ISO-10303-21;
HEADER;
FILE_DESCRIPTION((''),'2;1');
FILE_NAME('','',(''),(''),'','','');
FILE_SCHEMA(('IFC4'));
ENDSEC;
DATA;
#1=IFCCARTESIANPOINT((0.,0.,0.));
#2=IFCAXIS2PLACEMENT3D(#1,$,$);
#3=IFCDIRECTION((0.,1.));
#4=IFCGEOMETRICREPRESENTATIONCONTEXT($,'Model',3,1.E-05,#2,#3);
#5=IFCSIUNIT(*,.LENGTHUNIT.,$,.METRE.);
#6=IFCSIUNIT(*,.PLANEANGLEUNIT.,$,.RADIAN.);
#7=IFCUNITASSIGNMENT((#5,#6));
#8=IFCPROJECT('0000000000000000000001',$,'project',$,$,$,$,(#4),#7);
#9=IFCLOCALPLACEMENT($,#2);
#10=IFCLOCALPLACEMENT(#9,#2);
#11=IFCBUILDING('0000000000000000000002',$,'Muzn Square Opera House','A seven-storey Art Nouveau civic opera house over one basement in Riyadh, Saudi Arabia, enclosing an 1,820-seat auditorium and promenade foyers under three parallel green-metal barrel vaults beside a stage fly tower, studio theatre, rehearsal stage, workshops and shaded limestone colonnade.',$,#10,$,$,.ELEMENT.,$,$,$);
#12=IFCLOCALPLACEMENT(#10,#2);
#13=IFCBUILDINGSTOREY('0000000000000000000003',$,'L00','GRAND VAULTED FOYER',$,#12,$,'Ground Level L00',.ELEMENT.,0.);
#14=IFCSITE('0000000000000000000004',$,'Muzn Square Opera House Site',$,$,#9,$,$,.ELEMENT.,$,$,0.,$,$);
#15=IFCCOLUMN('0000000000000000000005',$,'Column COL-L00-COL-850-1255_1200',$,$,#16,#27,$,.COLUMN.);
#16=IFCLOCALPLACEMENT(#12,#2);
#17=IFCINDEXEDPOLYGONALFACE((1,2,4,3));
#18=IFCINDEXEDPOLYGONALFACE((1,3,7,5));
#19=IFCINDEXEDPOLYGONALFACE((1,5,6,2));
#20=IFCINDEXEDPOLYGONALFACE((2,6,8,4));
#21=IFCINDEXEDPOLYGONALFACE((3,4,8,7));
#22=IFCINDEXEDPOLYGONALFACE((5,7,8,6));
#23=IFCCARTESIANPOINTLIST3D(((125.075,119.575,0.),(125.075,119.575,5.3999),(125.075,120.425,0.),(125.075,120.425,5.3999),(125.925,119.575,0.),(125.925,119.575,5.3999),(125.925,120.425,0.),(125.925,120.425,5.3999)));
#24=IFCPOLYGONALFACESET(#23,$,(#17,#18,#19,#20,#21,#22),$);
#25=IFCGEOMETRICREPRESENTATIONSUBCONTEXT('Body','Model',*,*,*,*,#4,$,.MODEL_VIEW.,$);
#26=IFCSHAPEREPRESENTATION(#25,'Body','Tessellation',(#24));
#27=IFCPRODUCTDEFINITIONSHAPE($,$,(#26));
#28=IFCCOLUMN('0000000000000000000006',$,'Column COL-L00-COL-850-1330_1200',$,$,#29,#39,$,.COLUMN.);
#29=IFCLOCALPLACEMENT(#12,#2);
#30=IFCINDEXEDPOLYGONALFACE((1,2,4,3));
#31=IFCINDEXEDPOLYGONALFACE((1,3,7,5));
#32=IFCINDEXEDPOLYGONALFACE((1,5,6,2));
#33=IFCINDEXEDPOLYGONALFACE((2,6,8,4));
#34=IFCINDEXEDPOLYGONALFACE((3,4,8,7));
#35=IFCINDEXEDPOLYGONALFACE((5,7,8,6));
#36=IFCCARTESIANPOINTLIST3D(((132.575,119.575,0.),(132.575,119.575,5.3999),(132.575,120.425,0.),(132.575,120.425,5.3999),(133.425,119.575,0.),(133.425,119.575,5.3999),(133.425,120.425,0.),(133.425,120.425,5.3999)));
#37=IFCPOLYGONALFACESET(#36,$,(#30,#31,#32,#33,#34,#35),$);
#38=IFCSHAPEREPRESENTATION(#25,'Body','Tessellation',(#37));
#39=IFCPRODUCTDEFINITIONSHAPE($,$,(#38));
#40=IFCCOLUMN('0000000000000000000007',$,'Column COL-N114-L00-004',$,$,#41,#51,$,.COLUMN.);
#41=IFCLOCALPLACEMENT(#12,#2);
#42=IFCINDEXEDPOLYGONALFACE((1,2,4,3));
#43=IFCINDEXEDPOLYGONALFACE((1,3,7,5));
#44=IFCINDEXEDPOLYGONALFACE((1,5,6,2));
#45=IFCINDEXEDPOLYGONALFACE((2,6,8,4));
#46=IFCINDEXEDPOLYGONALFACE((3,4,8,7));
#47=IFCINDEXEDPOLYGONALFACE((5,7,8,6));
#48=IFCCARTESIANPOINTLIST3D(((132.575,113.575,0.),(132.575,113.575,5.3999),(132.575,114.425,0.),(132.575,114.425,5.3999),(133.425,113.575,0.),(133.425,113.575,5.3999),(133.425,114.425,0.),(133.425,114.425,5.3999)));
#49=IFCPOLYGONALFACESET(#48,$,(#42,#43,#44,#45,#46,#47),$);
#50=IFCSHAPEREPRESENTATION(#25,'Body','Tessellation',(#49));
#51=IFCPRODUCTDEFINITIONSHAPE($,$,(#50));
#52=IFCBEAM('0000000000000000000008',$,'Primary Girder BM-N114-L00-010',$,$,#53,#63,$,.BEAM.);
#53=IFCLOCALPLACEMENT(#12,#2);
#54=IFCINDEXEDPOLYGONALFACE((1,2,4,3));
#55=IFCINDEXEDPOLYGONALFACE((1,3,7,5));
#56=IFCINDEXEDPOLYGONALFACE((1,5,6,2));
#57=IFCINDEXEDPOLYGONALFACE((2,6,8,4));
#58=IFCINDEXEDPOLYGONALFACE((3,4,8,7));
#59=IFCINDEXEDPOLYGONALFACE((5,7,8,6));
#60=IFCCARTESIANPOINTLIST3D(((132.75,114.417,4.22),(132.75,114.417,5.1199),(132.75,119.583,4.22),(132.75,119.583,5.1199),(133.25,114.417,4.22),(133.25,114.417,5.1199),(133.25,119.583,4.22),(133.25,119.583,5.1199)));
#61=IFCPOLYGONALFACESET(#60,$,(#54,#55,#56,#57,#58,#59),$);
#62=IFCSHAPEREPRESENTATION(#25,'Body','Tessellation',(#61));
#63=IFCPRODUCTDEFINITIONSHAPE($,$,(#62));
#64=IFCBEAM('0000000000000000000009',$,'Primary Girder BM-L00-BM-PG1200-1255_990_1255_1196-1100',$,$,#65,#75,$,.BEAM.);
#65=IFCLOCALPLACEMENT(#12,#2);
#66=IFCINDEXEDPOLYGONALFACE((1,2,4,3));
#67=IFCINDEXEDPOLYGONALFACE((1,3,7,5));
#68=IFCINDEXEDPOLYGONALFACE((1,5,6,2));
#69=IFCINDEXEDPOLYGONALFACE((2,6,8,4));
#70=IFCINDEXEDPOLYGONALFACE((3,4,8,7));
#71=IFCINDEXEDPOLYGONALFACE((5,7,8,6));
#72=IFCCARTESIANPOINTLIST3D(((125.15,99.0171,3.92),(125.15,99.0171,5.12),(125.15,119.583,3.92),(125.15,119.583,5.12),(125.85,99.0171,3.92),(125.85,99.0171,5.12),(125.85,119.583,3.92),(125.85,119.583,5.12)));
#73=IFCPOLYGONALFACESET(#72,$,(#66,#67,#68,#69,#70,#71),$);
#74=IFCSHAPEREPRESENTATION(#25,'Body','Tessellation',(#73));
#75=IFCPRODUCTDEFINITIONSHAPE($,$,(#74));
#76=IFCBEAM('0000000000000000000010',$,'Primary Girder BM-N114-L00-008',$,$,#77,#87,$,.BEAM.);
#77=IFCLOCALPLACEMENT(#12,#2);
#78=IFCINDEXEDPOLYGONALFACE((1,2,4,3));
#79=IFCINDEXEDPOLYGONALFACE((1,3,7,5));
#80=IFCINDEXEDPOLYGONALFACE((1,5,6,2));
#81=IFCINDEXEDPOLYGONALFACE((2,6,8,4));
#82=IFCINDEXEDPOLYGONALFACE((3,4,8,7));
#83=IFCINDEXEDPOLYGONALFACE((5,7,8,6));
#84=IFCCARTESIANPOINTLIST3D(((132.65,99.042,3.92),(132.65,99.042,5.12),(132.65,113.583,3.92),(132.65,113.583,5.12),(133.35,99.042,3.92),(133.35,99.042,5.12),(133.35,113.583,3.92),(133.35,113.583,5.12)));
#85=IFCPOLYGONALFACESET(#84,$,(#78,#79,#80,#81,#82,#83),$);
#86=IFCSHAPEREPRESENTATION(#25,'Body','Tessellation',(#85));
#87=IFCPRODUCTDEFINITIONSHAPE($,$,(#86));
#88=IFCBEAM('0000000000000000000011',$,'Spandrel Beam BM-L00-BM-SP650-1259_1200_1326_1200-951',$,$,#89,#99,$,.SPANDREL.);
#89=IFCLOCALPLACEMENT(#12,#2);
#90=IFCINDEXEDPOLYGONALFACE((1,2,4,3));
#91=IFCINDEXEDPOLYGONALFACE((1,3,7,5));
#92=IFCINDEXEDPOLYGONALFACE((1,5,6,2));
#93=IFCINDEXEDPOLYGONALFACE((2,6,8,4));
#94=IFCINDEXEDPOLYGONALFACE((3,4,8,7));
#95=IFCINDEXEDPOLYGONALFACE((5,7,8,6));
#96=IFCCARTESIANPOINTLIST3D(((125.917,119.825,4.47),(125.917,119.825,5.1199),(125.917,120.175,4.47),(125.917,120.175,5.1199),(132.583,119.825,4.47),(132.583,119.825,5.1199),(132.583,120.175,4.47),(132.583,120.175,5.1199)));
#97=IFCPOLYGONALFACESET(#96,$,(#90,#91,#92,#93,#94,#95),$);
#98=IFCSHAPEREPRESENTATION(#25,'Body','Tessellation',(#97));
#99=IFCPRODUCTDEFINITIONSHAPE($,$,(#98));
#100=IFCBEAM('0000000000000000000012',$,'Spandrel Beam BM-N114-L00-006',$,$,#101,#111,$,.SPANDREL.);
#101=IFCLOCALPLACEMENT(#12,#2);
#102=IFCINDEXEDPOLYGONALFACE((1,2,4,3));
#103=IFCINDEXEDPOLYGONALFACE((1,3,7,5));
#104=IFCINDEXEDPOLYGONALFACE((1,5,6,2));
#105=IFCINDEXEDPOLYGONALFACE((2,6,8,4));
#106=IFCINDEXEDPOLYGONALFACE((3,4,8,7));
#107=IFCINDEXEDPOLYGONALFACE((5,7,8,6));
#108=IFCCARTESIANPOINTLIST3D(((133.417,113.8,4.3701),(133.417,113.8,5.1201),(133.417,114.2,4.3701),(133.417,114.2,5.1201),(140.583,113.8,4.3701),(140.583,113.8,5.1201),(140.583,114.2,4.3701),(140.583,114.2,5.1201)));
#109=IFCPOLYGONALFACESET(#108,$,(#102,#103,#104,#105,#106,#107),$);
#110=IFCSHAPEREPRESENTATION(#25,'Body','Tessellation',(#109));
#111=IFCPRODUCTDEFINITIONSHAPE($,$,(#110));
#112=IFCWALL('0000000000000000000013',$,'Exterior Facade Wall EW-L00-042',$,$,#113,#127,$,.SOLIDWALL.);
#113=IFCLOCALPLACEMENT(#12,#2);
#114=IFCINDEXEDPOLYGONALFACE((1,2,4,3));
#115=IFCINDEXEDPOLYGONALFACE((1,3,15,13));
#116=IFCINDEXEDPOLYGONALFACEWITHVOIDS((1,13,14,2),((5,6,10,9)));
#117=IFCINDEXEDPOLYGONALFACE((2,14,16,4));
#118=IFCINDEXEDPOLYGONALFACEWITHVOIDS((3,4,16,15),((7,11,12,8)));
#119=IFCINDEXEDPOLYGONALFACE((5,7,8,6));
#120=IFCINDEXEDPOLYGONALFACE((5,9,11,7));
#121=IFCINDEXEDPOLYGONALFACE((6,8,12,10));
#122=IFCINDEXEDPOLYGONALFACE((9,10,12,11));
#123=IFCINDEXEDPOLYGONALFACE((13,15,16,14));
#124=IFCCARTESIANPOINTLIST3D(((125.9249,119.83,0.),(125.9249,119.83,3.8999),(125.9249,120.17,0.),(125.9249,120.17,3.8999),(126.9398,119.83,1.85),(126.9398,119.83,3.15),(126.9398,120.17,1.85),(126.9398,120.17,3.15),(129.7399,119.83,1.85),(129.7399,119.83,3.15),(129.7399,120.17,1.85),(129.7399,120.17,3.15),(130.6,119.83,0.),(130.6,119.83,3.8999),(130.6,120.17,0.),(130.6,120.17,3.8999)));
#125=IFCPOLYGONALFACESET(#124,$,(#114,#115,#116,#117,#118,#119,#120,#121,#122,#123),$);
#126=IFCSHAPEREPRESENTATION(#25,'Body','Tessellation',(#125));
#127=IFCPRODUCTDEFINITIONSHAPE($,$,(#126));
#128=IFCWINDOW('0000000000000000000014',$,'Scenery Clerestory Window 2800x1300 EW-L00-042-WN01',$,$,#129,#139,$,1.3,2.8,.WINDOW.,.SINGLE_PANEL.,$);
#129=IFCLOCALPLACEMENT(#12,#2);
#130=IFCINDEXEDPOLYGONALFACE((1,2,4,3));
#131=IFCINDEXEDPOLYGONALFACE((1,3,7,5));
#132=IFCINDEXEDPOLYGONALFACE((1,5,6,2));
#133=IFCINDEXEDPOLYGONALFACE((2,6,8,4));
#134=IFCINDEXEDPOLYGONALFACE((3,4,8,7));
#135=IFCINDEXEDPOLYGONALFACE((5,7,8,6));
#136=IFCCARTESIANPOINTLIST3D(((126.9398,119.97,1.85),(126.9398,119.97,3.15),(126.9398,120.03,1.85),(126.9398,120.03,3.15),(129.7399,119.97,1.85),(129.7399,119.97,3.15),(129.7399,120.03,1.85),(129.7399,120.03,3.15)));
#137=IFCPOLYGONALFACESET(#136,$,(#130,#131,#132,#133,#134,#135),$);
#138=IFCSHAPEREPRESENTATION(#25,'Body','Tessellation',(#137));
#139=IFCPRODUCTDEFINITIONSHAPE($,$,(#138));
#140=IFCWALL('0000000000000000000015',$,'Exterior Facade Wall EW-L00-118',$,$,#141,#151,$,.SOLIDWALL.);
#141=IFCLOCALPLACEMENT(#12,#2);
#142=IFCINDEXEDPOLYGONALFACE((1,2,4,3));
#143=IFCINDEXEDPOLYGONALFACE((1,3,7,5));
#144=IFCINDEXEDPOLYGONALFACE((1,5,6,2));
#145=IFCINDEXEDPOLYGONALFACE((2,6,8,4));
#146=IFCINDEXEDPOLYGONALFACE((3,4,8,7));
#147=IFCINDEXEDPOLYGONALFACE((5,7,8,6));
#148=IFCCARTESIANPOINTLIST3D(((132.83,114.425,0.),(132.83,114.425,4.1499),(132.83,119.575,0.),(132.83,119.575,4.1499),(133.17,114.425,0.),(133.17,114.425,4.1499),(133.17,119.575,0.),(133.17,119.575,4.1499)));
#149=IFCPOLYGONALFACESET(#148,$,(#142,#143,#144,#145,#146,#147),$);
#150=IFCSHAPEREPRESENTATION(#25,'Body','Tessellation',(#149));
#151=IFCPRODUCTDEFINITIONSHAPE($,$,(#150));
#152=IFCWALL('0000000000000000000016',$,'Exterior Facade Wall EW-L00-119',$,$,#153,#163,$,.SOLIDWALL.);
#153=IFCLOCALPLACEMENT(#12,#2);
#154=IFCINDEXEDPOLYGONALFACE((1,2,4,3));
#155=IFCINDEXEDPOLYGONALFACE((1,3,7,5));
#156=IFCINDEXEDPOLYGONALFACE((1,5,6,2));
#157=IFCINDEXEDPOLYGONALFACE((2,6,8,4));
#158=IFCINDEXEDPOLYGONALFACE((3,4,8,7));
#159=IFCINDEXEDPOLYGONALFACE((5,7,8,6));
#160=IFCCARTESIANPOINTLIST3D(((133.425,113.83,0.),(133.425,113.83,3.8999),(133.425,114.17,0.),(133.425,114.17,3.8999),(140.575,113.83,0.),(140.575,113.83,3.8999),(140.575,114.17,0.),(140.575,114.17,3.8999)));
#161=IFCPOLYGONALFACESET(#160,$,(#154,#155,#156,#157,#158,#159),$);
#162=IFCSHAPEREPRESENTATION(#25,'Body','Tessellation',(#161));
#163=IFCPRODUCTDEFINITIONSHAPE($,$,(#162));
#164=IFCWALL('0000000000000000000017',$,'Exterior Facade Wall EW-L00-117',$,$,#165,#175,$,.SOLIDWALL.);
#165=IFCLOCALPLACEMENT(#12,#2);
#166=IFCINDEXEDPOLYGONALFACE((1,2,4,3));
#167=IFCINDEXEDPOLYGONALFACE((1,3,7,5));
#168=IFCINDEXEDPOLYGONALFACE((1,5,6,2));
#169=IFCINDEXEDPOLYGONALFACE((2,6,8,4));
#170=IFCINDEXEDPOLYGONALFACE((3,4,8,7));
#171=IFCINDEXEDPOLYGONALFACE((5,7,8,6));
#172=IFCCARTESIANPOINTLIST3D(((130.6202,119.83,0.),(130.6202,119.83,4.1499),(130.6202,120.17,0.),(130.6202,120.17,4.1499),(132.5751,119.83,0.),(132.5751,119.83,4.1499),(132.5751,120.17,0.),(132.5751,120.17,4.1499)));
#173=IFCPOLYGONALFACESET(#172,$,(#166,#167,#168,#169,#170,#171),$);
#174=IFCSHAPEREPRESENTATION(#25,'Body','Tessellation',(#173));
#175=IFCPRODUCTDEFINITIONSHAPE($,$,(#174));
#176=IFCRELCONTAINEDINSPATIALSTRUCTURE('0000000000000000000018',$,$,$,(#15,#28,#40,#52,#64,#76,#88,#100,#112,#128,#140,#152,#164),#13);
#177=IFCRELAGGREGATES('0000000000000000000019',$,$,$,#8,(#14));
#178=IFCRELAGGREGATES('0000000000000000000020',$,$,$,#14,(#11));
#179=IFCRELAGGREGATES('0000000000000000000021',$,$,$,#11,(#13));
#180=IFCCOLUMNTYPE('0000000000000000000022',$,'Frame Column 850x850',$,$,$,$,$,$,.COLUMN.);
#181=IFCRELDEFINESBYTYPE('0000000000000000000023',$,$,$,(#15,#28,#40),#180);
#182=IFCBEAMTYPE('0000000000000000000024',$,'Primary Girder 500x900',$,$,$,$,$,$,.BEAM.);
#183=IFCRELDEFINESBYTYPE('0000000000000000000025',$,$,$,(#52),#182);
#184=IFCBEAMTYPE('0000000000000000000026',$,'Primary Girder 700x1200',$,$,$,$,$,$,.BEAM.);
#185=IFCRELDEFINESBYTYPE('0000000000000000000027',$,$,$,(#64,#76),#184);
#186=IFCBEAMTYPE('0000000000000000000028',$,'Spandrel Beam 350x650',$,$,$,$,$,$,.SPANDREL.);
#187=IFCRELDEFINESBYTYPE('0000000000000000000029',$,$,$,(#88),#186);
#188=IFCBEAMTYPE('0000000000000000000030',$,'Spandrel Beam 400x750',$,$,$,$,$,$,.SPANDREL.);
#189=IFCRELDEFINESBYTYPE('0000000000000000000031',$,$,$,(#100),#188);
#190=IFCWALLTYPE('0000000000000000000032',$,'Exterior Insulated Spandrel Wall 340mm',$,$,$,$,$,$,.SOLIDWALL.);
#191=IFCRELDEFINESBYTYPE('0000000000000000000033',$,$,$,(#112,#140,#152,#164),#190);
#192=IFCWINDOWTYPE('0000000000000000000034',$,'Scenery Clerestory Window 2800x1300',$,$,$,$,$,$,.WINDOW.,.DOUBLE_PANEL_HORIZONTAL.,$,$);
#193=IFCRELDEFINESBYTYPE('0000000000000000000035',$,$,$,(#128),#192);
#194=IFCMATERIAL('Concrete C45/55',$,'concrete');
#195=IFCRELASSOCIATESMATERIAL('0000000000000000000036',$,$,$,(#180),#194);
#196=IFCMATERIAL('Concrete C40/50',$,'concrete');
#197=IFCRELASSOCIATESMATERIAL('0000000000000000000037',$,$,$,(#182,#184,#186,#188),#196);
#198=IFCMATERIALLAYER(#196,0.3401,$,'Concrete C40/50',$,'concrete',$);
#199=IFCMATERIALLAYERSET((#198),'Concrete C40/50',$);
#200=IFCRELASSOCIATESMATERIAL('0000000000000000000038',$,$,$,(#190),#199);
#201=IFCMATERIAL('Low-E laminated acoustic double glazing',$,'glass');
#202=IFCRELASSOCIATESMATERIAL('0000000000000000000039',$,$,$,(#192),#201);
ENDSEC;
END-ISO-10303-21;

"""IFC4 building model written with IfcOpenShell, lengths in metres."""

from ifc_helpers import new_model, si_unit, direction, frame, frame_2d, origin, origin_2d, place, context, subcontext, project, spatial, rectangle, extrude, material, layer, layer_set, material_profile, profile_set, type_object, element, fill, save


model = new_model("IFC4")

# Units and contexts
model_context = context("Model", 3, precision=1e-05, world=origin(), true_north=direction((0.0, 1.0)))
body_context = subcontext(model_context, "Body", "Model", "MODEL_VIEW")
ifc_project = project(units=[si_unit("LENGTHUNIT", "METRE"), si_unit("PLANEANGLEUNIT", "RADIAN")], contexts=[model_context])

# Site, building, storey
site_placement = place(None, origin())
site = spatial("IfcSite", under=ifc_project, at=site_placement, Name="Muzn Square Opera House Site", CompositionType="ELEMENT", RefElevation=0.0)
building_placement = place(site_placement, origin())
building = spatial("IfcBuilding", under=site, at=building_placement, Name="Muzn Square Opera House", Description="A seven-storey Art Nouveau civic opera house over one basement in Riyadh, Saudi Arabia, enclosing an 1,820-seat auditorium and promenade foyers under three parallel green-metal barrel vaults beside a stage fly tower, studio theatre, rehearsal stage, workshops and shaded limestone colonnade.", CompositionType="ELEMENT")
storey_placement = place(building_placement, origin())
storey = spatial("IfcBuildingStorey", under=building, at=storey_placement, Name="L00", Description="GRAND VAULTED FOYER", LongName="Ground Level L00", CompositionType="ELEMENT", Elevation=0.0)

# Columns
ifc_material_1 = material(Name="Concrete C45/55", Category="concrete")
ifc_material_profile_1 = material_profile(ifc_material_1, rectangle(XDim=0.8501, YDim=0.8501, at=origin_2d()), Name="RC 850x850", Category="concrete")
ifc_profile_set_1 = profile_set([ifc_material_profile_1], Name="Concrete C45/55")
column_type = type_object("IfcColumnType", Name="Frame Column 850x850", PredefinedType="COLUMN", material=ifc_profile_set_1)
for number, where, z_axis, x_axis, name in (
    (1, (125.5, 120.0, 0.0), (0.0, 0.0, 1.0), (1.0, 0.0, 0.0), "Column COL-L00-COL-850-1255_1200"),
    (2, (133.0, 120.0, 0.0), (0.0, 0.0, 1.0), (1.0, 0.0, 0.0), "Column COL-L00-COL-850-1330_1200"),
    (3, (133.0, 114.0, 0.0), (0.0, 0.0, 1.0), (1.0, 0.0, 0.0), "Column COL-N114-L00-004"),
):
    element("IfcColumn", number, at=place(storey_placement, frame(where, z_axis=z_axis, x_axis=x_axis)), inside=storey, type_object=column_type, Name=name, PredefinedType="COLUMN", context=body_context, shape_type="SweptSolid", body=[
        extrude(rectangle(XDim=0.8501, YDim=0.8501, at=origin_2d()), origin(), (0.0, 0.0, 1.0), 5.3999),
    ])

# Beams
ifc_material_2 = material(Name="Concrete C40/50", Category="concrete")
ifc_material_profile_2 = material_profile(ifc_material_2, rectangle(XDim=0.5, YDim=0.8999, at=origin_2d()), Name="RCB 500x900", Category="concrete")
ifc_profile_set_2 = profile_set([ifc_material_profile_2], Name="Concrete C40/50")
beam_type_1 = type_object("IfcBeamType", Name="Primary Girder 500x900", PredefinedType="BEAM", material=ifc_profile_set_2)
beam_1_placement = place(storey_placement, frame((133.0, 114.417, 4.6699), z_axis=(0.0, 1.0, 0.0), x_axis=(-1.0, 0.0, 0.0)))
element("IfcBeam", 4, at=beam_1_placement, inside=storey, type_object=beam_type_1, Name="Primary Girder BM-N114-L00-010", PredefinedType="BEAM", context=body_context, shape_type="SweptSolid", body=[
    extrude(rectangle(XDim=0.5, YDim=0.8999, at=origin_2d()), origin(), (0.0, 0.0, 1.0), 5.166),
])
ifc_material_profile_3 = material_profile(ifc_material_2, rectangle(XDim=0.7, YDim=1.2, at=origin_2d()), Name="RCB 700x1200", Category="concrete")
ifc_profile_set_3 = profile_set([ifc_material_profile_3], Name="Concrete C40/50")
beam_type_2 = type_object("IfcBeamType", Name="Primary Girder 700x1200", PredefinedType="BEAM", material=ifc_profile_set_3)
beam_2_placement = place(storey_placement, frame((125.5, 99.0171, 4.52), z_axis=(0.0, 1.0, 0.0), x_axis=(-1.0, 0.0, 0.0)))
element("IfcBeam", 5, at=beam_2_placement, inside=storey, type_object=beam_type_2, Name="Primary Girder BM-L00-BM-PG1200-1255_990_1255_1196-1100", PredefinedType="BEAM", context=body_context, shape_type="SweptSolid", body=[
    extrude(rectangle(XDim=0.7, YDim=1.2, at=origin_2d()), origin(), (0.0, 0.0, 1.0), 20.5659),
])
beam_3_placement = place(storey_placement, frame((133.0, 99.042, 4.52), z_axis=(0.0, 1.0, 0.0), x_axis=(-1.0, 0.0, 0.0)))
element("IfcBeam", 6, at=beam_3_placement, inside=storey, type_object=beam_type_2, Name="Primary Girder BM-N114-L00-008", PredefinedType="BEAM", context=body_context, shape_type="SweptSolid", body=[
    extrude(rectangle(XDim=0.7, YDim=1.2, at=origin_2d()), origin(), (0.0, 0.0, 1.0), 14.541),
])
ifc_material_profile_4 = material_profile(ifc_material_2, rectangle(XDim=0.3501, YDim=0.6499, at=origin_2d()), Name="RCS 350x650", Category="concrete")
ifc_profile_set_4 = profile_set([ifc_material_profile_4], Name="Concrete C40/50")
beam_type_3 = type_object("IfcBeamType", Name="Spandrel Beam 350x650", PredefinedType="SPANDREL", material=ifc_profile_set_4)
beam_4_placement = place(storey_placement, frame((125.917, 120.0, 4.7949), z_axis=(1.0, 0.0, 0.0), x_axis=(0.0, 1.0, 0.0)))
element("IfcBeam", 7, at=beam_4_placement, inside=storey, type_object=beam_type_3, Name="Spandrel Beam BM-L00-BM-SP650-1259_1200_1326_1200-951", PredefinedType="SPANDREL", context=body_context, shape_type="SweptSolid", body=[
    extrude(rectangle(XDim=0.3501, YDim=0.6499, at=origin_2d()), origin(), (0.0, 0.0, 1.0), 6.666),
])
ifc_material_profile_5 = material_profile(ifc_material_2, rectangle(XDim=0.3999, YDim=0.75, at=origin_2d()), Name="RCS 400x750", Category="concrete")
ifc_profile_set_5 = profile_set([ifc_material_profile_5], Name="Concrete C40/50")
beam_type_4 = type_object("IfcBeamType", Name="Spandrel Beam 400x750", PredefinedType="SPANDREL", material=ifc_profile_set_5)
beam_5_placement = place(storey_placement, frame((133.417, 114.0, 4.7451), z_axis=(1.0, 0.0, 0.0), x_axis=(0.0, 1.0, 0.0)))
element("IfcBeam", 8, at=beam_5_placement, inside=storey, type_object=beam_type_4, Name="Spandrel Beam BM-N114-L00-006", PredefinedType="SPANDREL", context=body_context, shape_type="SweptSolid", body=[
    extrude(rectangle(XDim=0.3999, YDim=0.75, at=origin_2d()), origin(), (0.0, 0.0, 1.0), 7.166),
])

# Wall, opening, window
ifc_layer_1 = layer(ifc_material_2, 0.3401, Name="Concrete C40/50", Category="concrete")
ifc_layer_set_1 = layer_set([ifc_layer_1], Name="Concrete C40/50")
wall_type_1 = type_object("IfcWallType", Name="Exterior Insulated Spandrel Wall 340mm", PredefinedType="SOLIDWALL", material=ifc_layer_set_1)
wall_1_placement = place(storey_placement, frame((125.925, 120.0, 0.0), z_axis=(0.0, 0.0, 1.0), x_axis=(1.0, 0.0, 0.0)))
wall_1 = element("IfcWall", 9, at=wall_1_placement, inside=storey, type_object=wall_type_1, Name="Exterior Facade Wall EW-L00-042", PredefinedType="SOLIDWALL", context=body_context, shape_type="SweptSolid", body=[
    extrude(rectangle(XDim=4.675, YDim=0.3401, at=frame_2d((2.3374, 0.0))), origin(), (0.0, 0.0, 1.0), 3.8999),
])
opening_placement = place(wall_1_placement, frame((1.0149, 0.0, 1.8501)))
opening = element("IfcOpeningElement", 10, at=opening_placement, cuts=wall_1, PredefinedType="OPENING", context=body_context, shape_type="SweptSolid", body=[
    extrude(rectangle(XDim=2.8, YDim=1.3, at=frame_2d((1.3999, 0.6499))), frame((0.0, 0.1799, 0.0), z_axis=(0.0, -1.0, 0.0), x_axis=(1.0, 0.0, 0.0)), (0.0, 0.0, 1.0), 0.3601),
])
ifc_material_3 = material(Name="Low-E laminated acoustic double glazing", Category="glass")
window_type = type_object("IfcWindowType", Name="Scenery Clerestory Window 2800x1300", PartitioningType="DOUBLE_PANEL_HORIZONTAL", PredefinedType="WINDOW", material=ifc_material_3)
window_placement = place(opening_placement, origin())
window = element("IfcWindow", 11, at=window_placement, inside=storey, type_object=window_type, Name="Scenery Clerestory Window 2800x1300 EW-L00-042-WN01", OverallHeight=1.3, OverallWidth=2.8, PartitioningType="SINGLE_PANEL", PredefinedType="WINDOW", context=body_context, shape_type="SweptSolid", body=[
    extrude(rectangle(XDim=2.8, YDim=1.3, at=frame_2d((1.3999, 0.6499))), frame((0.0, 0.03, 0.0), z_axis=(0.0, -1.0, 0.0), x_axis=(1.0, 0.0, 0.0)), (0.0, 0.0, 1.0), 0.0601),
])
fill(opening, window)

# Walls
wall_2_placement = place(storey_placement, frame((133.0, 114.425, 0.0), z_axis=(0.0, 0.0, 1.0), x_axis=(0.0, 1.0, 0.0)))
element("IfcWall", 12, at=wall_2_placement, inside=storey, type_object=wall_type_1, Name="Exterior Facade Wall EW-L00-118", PredefinedType="SOLIDWALL", context=body_context, shape_type="SweptSolid", body=[
    extrude(rectangle(XDim=5.1499, YDim=0.3401, at=frame_2d((2.575, 0.0))), origin(), (0.0, 0.0, 1.0), 4.1499),
])
wall_3_placement = place(storey_placement, frame((133.425, 114.0, 0.0), z_axis=(0.0, 0.0, 1.0), x_axis=(1.0, 0.0, 0.0)))
element("IfcWall", 13, at=wall_3_placement, inside=storey, type_object=wall_type_1, Name="Exterior Facade Wall EW-L00-119", PredefinedType="SOLIDWALL", context=body_context, shape_type="SweptSolid", body=[
    extrude(rectangle(XDim=7.1499, YDim=0.3401, at=frame_2d((3.575, 0.0))), origin(), (0.0, 0.0, 1.0), 3.8999),
])
wall_4_placement = place(storey_placement, frame((130.6201, 120.0, 0.0), z_axis=(0.0, 0.0, 1.0), x_axis=(1.0, 0.0, 0.0)))
element("IfcWall", 14, at=wall_4_placement, inside=storey, type_object=wall_type_1, Name="Exterior Facade Wall EW-L00-117", PredefinedType="SOLIDWALL", context=body_context, shape_type="SweptSolid", body=[
    extrude(rectangle(XDim=1.9548, YDim=0.3401, at=frame_2d((0.9775, 0.0))), origin(), (0.0, 0.0, 1.0), 4.1499),
])

save(model, "model.ifc")
